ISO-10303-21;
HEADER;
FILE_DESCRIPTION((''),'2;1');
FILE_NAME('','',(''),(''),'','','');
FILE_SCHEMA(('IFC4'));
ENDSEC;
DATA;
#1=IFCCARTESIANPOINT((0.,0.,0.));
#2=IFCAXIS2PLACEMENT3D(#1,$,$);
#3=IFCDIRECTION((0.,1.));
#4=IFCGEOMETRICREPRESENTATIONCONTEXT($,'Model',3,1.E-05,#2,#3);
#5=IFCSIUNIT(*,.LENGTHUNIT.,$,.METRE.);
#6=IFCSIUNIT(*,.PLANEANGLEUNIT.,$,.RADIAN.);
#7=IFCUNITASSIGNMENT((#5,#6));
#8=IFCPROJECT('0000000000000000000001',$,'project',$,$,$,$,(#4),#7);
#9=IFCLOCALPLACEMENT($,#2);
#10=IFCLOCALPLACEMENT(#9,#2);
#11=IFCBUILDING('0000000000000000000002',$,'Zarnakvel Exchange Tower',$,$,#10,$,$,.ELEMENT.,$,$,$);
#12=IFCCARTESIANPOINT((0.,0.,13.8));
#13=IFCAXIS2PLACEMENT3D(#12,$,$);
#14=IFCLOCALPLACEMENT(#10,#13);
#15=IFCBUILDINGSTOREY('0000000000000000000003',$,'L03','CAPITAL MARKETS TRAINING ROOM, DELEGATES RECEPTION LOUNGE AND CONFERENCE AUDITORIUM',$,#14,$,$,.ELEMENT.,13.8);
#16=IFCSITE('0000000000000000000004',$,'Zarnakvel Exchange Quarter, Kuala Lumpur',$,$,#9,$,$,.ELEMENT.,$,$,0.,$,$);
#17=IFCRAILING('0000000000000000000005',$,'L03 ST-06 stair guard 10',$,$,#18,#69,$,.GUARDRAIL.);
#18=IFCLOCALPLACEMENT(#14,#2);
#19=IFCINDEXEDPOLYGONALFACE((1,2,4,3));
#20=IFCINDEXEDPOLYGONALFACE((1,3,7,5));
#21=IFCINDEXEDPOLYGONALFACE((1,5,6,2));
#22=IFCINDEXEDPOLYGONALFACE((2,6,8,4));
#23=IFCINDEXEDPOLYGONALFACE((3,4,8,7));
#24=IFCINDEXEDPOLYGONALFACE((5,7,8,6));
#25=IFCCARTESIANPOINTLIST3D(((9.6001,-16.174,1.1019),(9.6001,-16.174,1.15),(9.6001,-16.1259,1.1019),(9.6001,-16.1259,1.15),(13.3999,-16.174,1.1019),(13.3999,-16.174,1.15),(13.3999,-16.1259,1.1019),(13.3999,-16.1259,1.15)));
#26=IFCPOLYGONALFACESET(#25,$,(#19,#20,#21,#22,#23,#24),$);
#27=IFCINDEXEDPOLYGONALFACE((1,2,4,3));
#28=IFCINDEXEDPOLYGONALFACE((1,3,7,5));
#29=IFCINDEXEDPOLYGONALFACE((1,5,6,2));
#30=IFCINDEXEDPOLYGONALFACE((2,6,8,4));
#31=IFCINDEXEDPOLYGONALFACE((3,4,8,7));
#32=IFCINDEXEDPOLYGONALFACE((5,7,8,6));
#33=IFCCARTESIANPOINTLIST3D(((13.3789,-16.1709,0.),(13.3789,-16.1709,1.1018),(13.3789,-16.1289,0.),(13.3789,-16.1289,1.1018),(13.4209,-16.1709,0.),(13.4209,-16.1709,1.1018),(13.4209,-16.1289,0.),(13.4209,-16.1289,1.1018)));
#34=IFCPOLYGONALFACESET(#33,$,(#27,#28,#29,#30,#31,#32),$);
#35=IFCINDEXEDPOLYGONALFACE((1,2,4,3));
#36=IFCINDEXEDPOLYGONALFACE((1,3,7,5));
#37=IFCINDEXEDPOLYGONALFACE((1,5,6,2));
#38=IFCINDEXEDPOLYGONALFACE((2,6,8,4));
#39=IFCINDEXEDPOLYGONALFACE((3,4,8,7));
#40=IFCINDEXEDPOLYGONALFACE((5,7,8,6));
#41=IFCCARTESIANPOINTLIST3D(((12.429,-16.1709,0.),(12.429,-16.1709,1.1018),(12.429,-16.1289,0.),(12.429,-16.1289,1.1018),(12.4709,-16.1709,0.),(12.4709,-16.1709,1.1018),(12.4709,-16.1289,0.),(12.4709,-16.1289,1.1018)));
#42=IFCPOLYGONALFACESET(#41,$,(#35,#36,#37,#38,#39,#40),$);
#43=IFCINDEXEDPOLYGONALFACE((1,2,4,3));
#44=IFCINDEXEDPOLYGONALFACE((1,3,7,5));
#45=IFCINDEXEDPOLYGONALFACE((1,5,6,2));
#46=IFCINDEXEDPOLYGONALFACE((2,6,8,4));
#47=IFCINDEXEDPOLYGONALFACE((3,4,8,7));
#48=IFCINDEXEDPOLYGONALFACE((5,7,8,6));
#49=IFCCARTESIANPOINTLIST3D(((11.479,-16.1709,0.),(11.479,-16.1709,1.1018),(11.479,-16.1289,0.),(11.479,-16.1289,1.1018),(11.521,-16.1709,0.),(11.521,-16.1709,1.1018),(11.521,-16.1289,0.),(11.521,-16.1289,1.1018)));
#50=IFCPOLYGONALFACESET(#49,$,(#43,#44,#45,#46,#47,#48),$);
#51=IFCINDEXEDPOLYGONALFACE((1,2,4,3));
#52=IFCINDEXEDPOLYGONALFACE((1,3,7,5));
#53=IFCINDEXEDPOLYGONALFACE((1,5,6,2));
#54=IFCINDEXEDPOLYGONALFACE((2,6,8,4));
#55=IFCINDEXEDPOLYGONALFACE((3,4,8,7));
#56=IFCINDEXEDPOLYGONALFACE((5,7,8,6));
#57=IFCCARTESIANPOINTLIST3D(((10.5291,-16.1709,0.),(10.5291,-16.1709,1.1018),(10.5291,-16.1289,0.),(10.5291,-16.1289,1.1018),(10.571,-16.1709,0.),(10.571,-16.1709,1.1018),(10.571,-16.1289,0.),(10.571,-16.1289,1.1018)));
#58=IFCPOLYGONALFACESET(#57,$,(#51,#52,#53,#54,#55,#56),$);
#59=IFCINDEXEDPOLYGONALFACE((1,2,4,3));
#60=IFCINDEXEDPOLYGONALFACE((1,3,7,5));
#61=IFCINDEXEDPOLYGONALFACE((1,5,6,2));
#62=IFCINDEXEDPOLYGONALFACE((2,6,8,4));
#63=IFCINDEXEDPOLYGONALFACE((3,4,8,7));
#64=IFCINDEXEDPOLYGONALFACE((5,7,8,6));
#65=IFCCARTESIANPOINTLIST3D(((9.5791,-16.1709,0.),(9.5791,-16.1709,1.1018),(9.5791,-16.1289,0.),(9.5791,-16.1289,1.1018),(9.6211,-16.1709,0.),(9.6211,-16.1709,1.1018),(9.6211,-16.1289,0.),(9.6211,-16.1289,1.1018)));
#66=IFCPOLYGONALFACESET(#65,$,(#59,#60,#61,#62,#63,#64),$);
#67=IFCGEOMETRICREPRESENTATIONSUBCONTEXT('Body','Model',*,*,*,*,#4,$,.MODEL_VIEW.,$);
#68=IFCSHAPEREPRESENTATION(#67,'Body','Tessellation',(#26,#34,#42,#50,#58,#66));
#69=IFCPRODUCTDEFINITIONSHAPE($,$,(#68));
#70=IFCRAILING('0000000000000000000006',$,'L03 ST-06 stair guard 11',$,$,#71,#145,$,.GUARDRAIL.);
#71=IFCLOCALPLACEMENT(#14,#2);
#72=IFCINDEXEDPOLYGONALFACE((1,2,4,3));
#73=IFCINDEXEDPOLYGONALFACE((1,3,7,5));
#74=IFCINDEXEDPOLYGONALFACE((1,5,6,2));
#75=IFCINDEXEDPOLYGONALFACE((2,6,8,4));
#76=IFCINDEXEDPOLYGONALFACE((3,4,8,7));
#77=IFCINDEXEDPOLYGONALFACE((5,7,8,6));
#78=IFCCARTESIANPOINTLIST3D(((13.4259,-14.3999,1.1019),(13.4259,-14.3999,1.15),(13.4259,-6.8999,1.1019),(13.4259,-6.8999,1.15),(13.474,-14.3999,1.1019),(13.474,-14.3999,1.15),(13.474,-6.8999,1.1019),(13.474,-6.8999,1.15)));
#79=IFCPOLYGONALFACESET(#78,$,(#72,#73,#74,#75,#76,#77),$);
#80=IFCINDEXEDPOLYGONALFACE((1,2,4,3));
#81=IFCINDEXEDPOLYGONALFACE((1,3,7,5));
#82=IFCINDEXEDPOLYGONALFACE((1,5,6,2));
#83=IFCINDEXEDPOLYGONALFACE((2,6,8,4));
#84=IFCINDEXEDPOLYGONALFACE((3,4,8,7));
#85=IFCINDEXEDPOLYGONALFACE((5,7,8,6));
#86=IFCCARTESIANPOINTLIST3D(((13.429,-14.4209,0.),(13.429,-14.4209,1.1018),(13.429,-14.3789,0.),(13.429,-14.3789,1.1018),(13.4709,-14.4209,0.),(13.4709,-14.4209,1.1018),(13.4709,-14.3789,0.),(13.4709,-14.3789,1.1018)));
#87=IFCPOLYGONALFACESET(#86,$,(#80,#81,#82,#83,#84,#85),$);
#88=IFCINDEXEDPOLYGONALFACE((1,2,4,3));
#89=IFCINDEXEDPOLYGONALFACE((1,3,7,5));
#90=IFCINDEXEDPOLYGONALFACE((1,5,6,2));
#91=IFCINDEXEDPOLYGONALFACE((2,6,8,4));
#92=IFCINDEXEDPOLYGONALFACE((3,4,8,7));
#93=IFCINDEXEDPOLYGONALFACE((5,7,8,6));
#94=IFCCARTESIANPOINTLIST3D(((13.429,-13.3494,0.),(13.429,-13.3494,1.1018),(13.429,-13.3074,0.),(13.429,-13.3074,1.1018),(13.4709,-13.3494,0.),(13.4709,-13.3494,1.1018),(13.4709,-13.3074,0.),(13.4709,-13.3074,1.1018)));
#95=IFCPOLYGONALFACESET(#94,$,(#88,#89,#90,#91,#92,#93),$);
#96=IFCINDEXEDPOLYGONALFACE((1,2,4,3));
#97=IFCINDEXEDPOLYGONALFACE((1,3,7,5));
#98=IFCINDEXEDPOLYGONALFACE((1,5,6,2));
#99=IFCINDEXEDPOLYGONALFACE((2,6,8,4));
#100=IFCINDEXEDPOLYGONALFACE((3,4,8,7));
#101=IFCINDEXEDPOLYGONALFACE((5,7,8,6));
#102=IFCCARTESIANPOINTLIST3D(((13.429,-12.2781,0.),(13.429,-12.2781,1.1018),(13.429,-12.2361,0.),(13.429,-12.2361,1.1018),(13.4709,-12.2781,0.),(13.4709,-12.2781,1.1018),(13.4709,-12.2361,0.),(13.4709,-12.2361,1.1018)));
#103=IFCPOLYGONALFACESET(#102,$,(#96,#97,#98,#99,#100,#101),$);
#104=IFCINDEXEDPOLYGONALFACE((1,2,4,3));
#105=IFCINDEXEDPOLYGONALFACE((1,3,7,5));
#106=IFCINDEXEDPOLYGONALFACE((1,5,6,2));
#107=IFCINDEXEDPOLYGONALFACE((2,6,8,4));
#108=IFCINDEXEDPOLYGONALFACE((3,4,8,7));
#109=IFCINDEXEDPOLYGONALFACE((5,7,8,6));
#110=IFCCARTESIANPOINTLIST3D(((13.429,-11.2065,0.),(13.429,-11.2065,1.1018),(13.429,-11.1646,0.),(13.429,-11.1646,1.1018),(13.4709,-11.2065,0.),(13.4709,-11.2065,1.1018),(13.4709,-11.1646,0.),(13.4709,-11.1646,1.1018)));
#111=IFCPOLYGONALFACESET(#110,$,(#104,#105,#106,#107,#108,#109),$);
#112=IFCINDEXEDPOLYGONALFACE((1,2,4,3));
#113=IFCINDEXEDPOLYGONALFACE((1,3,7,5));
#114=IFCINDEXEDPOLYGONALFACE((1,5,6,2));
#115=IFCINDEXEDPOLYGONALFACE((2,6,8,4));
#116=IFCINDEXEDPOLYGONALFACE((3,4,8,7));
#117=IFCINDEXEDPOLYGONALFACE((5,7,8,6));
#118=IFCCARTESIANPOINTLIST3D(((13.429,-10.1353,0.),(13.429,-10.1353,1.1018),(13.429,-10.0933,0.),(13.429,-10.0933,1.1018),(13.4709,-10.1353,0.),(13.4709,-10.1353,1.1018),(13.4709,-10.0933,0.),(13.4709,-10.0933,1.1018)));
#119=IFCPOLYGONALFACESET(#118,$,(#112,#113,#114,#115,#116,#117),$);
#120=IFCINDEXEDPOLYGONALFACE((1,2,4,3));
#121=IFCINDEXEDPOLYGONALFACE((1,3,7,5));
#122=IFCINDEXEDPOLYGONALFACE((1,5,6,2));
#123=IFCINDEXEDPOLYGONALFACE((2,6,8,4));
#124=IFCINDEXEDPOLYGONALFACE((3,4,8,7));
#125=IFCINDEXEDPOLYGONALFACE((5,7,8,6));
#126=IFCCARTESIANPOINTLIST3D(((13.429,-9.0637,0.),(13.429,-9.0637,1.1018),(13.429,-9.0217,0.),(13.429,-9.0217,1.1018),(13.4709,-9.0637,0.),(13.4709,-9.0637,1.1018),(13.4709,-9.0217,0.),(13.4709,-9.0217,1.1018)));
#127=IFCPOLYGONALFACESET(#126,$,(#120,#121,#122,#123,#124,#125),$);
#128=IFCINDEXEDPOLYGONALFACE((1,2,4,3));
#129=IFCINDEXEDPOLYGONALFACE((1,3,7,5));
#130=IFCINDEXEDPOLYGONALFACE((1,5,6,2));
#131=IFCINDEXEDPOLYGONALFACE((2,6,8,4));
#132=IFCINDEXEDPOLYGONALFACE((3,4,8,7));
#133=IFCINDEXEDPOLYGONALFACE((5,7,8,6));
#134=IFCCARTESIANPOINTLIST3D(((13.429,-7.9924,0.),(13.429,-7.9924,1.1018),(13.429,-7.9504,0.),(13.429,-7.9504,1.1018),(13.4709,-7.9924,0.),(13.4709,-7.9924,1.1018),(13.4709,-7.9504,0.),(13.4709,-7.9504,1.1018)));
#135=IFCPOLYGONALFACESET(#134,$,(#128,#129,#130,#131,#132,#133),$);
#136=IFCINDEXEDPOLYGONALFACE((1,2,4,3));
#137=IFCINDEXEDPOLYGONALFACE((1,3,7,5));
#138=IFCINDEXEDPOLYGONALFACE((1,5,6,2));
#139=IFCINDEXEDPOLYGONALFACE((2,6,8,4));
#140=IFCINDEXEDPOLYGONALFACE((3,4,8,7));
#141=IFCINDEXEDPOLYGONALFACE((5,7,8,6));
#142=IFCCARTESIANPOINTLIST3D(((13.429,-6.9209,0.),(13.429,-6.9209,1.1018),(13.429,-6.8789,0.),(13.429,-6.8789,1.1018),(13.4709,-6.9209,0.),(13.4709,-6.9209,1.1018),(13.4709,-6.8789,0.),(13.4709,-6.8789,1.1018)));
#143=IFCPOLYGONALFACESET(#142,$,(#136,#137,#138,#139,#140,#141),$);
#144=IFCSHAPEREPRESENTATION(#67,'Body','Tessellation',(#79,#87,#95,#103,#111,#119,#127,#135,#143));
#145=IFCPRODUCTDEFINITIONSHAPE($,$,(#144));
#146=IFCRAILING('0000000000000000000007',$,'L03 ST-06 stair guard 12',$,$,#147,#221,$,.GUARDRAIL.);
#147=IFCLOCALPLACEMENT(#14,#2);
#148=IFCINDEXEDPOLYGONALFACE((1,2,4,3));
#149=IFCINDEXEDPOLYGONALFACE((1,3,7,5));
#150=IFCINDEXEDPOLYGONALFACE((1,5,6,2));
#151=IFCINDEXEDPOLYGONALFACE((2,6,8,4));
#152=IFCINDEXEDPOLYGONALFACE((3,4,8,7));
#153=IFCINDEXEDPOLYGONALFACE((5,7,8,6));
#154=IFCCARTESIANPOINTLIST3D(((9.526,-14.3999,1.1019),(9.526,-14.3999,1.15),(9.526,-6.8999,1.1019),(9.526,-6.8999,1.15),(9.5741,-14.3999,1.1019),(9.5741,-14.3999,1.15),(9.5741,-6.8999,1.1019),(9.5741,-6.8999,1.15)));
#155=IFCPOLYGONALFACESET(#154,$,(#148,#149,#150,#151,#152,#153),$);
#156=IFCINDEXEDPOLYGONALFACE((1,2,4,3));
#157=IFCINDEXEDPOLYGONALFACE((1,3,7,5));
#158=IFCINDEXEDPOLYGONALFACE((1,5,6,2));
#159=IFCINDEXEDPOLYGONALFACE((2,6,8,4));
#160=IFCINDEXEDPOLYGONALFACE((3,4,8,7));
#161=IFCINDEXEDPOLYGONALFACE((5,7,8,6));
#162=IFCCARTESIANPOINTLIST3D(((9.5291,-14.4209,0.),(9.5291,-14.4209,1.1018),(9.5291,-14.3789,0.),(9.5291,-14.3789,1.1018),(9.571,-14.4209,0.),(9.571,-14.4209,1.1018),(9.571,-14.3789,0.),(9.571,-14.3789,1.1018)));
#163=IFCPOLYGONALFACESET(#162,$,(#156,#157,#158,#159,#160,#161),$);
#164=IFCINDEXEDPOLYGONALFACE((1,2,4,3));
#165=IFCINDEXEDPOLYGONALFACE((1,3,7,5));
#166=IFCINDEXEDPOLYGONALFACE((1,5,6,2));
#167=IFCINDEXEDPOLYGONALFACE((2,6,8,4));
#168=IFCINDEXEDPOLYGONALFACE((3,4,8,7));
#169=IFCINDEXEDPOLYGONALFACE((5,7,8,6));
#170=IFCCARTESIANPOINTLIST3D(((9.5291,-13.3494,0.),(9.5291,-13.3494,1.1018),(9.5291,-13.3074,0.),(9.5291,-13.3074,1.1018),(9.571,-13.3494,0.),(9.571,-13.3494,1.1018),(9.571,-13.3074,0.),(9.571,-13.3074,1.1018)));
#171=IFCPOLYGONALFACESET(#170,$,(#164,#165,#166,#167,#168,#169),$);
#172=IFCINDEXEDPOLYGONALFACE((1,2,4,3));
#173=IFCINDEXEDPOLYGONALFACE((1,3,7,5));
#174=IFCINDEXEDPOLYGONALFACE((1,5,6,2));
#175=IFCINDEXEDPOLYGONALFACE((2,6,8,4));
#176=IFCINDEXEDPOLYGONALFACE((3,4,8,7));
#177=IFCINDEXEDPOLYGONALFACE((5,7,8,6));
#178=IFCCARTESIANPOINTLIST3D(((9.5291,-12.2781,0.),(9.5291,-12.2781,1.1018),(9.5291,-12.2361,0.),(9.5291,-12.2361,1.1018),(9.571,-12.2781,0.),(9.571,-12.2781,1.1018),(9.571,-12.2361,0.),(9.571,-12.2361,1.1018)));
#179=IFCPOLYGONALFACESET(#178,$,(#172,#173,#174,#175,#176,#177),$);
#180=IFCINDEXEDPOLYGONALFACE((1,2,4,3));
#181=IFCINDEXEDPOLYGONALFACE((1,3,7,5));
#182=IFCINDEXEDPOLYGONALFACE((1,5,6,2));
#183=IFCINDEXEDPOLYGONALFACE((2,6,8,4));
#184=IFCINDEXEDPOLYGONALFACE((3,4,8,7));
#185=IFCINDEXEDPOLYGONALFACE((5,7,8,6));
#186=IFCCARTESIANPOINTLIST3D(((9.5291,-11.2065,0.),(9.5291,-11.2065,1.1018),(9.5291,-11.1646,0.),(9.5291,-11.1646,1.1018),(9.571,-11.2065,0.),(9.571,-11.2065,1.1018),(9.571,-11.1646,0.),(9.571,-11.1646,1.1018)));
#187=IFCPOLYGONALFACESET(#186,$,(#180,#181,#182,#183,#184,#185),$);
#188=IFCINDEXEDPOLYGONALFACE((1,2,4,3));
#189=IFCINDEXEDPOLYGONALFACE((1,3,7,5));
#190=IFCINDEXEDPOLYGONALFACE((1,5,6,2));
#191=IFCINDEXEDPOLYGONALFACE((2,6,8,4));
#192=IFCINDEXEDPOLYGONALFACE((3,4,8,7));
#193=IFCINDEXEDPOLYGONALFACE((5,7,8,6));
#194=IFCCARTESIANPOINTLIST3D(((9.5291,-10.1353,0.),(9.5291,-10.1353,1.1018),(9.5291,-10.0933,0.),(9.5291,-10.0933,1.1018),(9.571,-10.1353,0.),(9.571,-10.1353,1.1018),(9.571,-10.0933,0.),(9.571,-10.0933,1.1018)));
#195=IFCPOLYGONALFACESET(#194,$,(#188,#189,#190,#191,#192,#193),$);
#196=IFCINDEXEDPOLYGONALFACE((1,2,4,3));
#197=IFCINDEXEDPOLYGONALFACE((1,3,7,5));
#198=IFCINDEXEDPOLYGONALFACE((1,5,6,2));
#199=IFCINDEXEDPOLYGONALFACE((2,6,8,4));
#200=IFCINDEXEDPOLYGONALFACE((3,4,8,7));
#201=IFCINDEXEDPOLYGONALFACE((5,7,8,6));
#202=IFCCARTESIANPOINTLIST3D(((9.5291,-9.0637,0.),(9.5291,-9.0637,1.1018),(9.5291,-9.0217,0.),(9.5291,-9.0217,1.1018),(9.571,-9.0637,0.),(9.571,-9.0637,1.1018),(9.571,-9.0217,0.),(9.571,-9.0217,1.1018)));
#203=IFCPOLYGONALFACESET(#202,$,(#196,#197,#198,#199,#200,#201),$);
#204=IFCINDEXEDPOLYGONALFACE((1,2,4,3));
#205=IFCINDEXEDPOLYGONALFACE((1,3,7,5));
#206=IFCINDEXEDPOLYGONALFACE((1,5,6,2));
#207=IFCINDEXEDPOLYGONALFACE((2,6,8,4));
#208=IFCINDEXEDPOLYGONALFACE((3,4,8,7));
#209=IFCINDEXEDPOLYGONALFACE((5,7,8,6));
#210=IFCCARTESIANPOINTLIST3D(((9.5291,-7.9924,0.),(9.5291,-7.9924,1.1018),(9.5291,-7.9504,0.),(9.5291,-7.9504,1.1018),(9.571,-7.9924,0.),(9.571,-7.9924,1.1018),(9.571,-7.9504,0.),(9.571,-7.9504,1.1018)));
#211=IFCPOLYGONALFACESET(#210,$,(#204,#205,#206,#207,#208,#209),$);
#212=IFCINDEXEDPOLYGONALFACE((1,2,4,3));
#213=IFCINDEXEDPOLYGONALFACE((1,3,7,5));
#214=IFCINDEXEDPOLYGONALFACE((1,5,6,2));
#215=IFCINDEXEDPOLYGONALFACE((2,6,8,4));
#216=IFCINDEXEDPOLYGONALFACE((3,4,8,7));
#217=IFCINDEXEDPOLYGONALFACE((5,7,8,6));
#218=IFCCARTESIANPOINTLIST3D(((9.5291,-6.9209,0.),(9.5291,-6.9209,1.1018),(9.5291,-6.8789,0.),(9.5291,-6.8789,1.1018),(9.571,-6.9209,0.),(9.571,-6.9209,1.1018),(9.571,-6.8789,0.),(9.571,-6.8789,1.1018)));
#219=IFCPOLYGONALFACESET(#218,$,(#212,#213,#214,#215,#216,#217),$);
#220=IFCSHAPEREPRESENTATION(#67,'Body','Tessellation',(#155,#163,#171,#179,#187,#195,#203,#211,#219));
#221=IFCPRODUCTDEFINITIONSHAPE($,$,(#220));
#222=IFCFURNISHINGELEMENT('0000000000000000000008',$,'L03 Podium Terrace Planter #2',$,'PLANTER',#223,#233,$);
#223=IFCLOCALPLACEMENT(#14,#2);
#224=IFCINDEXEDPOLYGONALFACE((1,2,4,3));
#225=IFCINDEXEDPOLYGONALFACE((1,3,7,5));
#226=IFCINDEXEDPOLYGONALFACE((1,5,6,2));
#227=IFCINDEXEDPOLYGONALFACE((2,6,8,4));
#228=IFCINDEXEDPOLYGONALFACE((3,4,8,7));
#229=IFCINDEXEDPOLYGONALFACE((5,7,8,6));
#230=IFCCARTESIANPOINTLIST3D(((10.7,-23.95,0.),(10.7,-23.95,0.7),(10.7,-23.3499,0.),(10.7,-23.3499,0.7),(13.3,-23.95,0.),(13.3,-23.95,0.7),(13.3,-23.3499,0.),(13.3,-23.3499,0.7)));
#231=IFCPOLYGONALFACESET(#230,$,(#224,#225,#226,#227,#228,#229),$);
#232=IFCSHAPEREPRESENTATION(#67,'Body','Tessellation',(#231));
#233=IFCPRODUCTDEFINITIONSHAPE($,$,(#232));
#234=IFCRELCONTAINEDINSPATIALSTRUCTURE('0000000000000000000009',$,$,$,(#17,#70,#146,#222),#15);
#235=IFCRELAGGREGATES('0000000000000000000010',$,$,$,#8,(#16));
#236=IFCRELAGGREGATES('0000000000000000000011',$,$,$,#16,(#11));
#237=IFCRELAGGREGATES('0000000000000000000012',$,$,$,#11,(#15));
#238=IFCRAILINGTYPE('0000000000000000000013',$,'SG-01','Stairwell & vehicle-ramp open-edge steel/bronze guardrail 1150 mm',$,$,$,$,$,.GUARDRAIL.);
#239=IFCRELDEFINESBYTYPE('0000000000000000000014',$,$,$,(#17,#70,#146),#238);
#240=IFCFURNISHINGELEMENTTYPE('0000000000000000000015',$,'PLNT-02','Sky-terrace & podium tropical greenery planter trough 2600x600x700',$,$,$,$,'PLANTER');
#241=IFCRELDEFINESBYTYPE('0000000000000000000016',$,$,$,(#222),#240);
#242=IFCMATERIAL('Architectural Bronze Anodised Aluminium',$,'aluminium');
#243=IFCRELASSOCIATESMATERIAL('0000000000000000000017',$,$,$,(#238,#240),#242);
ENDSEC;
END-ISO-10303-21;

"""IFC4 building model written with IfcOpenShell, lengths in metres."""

from ifc_helpers import new_model, si_unit, direction, frame, origin, origin_2d, place, context, subcontext, project, spatial, rectangle, extrude, source, transform, mapped, material, type_object, element, save


model = new_model("IFC4")

# Units and contexts
model_context = context("Model", 3, precision=1e-05, world=origin(), true_north=direction((0.0, 1.0)))
body_context = subcontext(model_context, "Body", "Model", "MODEL_VIEW")
ifc_project = project(units=[si_unit("LENGTHUNIT", "METRE"), si_unit("PLANEANGLEUNIT", "RADIAN")], contexts=[model_context])

# Site, building, storey
site_placement = place(None, origin())
site = spatial("IfcSite", under=ifc_project, at=site_placement, Name="Zarnakvel Exchange Quarter, Kuala Lumpur", CompositionType="ELEMENT", RefElevation=0.0)
building_placement = place(site_placement, origin())
building = spatial("IfcBuilding", under=site, at=building_placement, Name="Zarnakvel Exchange Tower", CompositionType="ELEMENT")
storey_placement = place(building_placement, frame((0.0, 0.0, 13.8)))
storey = spatial("IfcBuildingStorey", under=building, at=storey_placement, Name="L03", Description="CAPITAL MARKETS TRAINING ROOM, DELEGATES RECEPTION LOUNGE AND CONFERENCE AUDITORIUM", CompositionType="ELEMENT", Elevation=13.8)

# Shared definitions
ifc_material_1 = material(Name="Architectural Bronze Anodised Aluminium", Category="aluminium")

# Railings
railing_type = type_object("IfcRailingType", Name="SG-01", Description="Stairwell & vehicle-ramp open-edge steel/bronze guardrail 1150 mm", PredefinedType="GUARDRAIL", material=ifc_material_1)
railing_1_placement = place(storey_placement, frame((13.3999, -16.1499, 0.0)))
element("IfcRailing", 1, at=railing_1_placement, inside=storey, type_object=railing_type, Name="L03 ST-06 stair guard 10", PredefinedType="GUARDRAIL", context=body_context, shape_type="SweptSolid", body=[
    extrude(rectangle(XDim=0.0481, YDim=0.0481, at=origin_2d()), frame((0.0, 0.0, 1.126), z_axis=(-1.0, 0.0, 0.0), x_axis=(0.0, -1.0, 0.0)), (0.0, 0.0, 1.0), 3.7998),
    extrude(rectangle(XDim=0.042, YDim=0.042, at=origin_2d()), origin(), (0.0, 0.0, 1.0), 1.1018),
    extrude(rectangle(XDim=0.042, YDim=0.042, at=origin_2d()), frame((-0.95, 0.0, 0.0)), (0.0, 0.0, 1.0), 1.1018),
    extrude(rectangle(XDim=0.042, YDim=0.042, at=origin_2d()), frame((-1.8999, 0.0, 0.0)), (0.0, 0.0, 1.0), 1.1018),
    extrude(rectangle(XDim=0.042, YDim=0.042, at=origin_2d()), frame((-2.8499, 0.0, 0.0)), (0.0, 0.0, 1.0), 1.1018),
    extrude(rectangle(XDim=0.042, YDim=0.042, at=origin_2d()), frame((-3.7998, 0.0, 0.0)), (0.0, 0.0, 1.0), 1.1018),
])
for number, where, name in (
    (2, (13.45, -14.3999, 0.0), "L03 ST-06 stair guard 11"),
    (3, (9.55, -14.3999, 0.0), "L03 ST-06 stair guard 12"),
):
    element("IfcRailing", number, at=place(storey_placement, frame(where)), inside=storey, type_object=railing_type, Name=name, PredefinedType="GUARDRAIL", context=body_context, shape_type="SweptSolid", body=[
        extrude(rectangle(XDim=0.0481, YDim=0.0481, at=origin_2d()), frame((0.0, 0.0, 1.126), z_axis=(0.0, 1.0, 0.0), x_axis=(-1.0, 0.0, 0.0)), (0.0, 0.0, 1.0), 7.5),
        extrude(rectangle(XDim=0.042, YDim=0.042, at=origin_2d()), origin(), (0.0, 0.0, 1.0), 1.1018),
        extrude(rectangle(XDim=0.042, YDim=0.042, at=origin_2d()), frame((0.0, 1.0715, 0.0)), (0.0, 0.0, 1.0), 1.1018),
        extrude(rectangle(XDim=0.042, YDim=0.042, at=origin_2d()), frame((0.0, 2.1428, 0.0)), (0.0, 0.0, 1.0), 1.1018),
        extrude(rectangle(XDim=0.042, YDim=0.042, at=origin_2d()), frame((0.0, 3.2144, 0.0)), (0.0, 0.0, 1.0), 1.1018),
        extrude(rectangle(XDim=0.042, YDim=0.042, at=origin_2d()), frame((0.0, 4.2856, 0.0)), (0.0, 0.0, 1.0), 1.1018),
        extrude(rectangle(XDim=0.042, YDim=0.042, at=origin_2d()), frame((0.0, 5.3572, 0.0)), (0.0, 0.0, 1.0), 1.1018),
        extrude(rectangle(XDim=0.042, YDim=0.042, at=origin_2d()), frame((0.0, 6.4285, 0.0)), (0.0, 0.0, 1.0), 1.1018),
        extrude(rectangle(XDim=0.042, YDim=0.042, at=origin_2d()), frame((0.0, 7.5, 0.0)), (0.0, 0.0, 1.0), 1.1018),
    ])

# Furnishing element
furnishing_element_type = type_object("IfcFurnishingElementType", Name="PLNT-02", Description="Sky-terrace & podium tropical greenery planter trough 2600x600x700", ElementType="PLANTER", material=ifc_material_1)
shared_shape_1 = source(origin(), body_context, "Body", "SweptSolid", [
    extrude(rectangle(XDim=2.6001, YDim=0.6001, at=origin_2d()), origin(), (0.0, 0.0, 1.0), 0.7),
])
furnishing_placement = place(storey_placement, frame((12.0, -23.6499, 0.0), z_axis=(0.0, 0.0, 1.0), x_axis=(1.0, 0.0, 0.0)))
element("IfcFurnishingElement", 4, at=furnishing_placement, inside=storey, type_object=furnishing_element_type, Name="L03 Podium Terrace Planter #2", ObjectType="PLANTER", context=body_context, shape_type="MappedRepresentation", body=[
    mapped(shared_shape_1, transform((0.0, 0.0, 0.0), x_axis=(1.0, 0.0, 0.0), y_axis=(0.0, 1.0, 0.0), z_axis=(0.0, 0.0, 1.0), scale=1.0)),
])

save(model, "model.ifc")
